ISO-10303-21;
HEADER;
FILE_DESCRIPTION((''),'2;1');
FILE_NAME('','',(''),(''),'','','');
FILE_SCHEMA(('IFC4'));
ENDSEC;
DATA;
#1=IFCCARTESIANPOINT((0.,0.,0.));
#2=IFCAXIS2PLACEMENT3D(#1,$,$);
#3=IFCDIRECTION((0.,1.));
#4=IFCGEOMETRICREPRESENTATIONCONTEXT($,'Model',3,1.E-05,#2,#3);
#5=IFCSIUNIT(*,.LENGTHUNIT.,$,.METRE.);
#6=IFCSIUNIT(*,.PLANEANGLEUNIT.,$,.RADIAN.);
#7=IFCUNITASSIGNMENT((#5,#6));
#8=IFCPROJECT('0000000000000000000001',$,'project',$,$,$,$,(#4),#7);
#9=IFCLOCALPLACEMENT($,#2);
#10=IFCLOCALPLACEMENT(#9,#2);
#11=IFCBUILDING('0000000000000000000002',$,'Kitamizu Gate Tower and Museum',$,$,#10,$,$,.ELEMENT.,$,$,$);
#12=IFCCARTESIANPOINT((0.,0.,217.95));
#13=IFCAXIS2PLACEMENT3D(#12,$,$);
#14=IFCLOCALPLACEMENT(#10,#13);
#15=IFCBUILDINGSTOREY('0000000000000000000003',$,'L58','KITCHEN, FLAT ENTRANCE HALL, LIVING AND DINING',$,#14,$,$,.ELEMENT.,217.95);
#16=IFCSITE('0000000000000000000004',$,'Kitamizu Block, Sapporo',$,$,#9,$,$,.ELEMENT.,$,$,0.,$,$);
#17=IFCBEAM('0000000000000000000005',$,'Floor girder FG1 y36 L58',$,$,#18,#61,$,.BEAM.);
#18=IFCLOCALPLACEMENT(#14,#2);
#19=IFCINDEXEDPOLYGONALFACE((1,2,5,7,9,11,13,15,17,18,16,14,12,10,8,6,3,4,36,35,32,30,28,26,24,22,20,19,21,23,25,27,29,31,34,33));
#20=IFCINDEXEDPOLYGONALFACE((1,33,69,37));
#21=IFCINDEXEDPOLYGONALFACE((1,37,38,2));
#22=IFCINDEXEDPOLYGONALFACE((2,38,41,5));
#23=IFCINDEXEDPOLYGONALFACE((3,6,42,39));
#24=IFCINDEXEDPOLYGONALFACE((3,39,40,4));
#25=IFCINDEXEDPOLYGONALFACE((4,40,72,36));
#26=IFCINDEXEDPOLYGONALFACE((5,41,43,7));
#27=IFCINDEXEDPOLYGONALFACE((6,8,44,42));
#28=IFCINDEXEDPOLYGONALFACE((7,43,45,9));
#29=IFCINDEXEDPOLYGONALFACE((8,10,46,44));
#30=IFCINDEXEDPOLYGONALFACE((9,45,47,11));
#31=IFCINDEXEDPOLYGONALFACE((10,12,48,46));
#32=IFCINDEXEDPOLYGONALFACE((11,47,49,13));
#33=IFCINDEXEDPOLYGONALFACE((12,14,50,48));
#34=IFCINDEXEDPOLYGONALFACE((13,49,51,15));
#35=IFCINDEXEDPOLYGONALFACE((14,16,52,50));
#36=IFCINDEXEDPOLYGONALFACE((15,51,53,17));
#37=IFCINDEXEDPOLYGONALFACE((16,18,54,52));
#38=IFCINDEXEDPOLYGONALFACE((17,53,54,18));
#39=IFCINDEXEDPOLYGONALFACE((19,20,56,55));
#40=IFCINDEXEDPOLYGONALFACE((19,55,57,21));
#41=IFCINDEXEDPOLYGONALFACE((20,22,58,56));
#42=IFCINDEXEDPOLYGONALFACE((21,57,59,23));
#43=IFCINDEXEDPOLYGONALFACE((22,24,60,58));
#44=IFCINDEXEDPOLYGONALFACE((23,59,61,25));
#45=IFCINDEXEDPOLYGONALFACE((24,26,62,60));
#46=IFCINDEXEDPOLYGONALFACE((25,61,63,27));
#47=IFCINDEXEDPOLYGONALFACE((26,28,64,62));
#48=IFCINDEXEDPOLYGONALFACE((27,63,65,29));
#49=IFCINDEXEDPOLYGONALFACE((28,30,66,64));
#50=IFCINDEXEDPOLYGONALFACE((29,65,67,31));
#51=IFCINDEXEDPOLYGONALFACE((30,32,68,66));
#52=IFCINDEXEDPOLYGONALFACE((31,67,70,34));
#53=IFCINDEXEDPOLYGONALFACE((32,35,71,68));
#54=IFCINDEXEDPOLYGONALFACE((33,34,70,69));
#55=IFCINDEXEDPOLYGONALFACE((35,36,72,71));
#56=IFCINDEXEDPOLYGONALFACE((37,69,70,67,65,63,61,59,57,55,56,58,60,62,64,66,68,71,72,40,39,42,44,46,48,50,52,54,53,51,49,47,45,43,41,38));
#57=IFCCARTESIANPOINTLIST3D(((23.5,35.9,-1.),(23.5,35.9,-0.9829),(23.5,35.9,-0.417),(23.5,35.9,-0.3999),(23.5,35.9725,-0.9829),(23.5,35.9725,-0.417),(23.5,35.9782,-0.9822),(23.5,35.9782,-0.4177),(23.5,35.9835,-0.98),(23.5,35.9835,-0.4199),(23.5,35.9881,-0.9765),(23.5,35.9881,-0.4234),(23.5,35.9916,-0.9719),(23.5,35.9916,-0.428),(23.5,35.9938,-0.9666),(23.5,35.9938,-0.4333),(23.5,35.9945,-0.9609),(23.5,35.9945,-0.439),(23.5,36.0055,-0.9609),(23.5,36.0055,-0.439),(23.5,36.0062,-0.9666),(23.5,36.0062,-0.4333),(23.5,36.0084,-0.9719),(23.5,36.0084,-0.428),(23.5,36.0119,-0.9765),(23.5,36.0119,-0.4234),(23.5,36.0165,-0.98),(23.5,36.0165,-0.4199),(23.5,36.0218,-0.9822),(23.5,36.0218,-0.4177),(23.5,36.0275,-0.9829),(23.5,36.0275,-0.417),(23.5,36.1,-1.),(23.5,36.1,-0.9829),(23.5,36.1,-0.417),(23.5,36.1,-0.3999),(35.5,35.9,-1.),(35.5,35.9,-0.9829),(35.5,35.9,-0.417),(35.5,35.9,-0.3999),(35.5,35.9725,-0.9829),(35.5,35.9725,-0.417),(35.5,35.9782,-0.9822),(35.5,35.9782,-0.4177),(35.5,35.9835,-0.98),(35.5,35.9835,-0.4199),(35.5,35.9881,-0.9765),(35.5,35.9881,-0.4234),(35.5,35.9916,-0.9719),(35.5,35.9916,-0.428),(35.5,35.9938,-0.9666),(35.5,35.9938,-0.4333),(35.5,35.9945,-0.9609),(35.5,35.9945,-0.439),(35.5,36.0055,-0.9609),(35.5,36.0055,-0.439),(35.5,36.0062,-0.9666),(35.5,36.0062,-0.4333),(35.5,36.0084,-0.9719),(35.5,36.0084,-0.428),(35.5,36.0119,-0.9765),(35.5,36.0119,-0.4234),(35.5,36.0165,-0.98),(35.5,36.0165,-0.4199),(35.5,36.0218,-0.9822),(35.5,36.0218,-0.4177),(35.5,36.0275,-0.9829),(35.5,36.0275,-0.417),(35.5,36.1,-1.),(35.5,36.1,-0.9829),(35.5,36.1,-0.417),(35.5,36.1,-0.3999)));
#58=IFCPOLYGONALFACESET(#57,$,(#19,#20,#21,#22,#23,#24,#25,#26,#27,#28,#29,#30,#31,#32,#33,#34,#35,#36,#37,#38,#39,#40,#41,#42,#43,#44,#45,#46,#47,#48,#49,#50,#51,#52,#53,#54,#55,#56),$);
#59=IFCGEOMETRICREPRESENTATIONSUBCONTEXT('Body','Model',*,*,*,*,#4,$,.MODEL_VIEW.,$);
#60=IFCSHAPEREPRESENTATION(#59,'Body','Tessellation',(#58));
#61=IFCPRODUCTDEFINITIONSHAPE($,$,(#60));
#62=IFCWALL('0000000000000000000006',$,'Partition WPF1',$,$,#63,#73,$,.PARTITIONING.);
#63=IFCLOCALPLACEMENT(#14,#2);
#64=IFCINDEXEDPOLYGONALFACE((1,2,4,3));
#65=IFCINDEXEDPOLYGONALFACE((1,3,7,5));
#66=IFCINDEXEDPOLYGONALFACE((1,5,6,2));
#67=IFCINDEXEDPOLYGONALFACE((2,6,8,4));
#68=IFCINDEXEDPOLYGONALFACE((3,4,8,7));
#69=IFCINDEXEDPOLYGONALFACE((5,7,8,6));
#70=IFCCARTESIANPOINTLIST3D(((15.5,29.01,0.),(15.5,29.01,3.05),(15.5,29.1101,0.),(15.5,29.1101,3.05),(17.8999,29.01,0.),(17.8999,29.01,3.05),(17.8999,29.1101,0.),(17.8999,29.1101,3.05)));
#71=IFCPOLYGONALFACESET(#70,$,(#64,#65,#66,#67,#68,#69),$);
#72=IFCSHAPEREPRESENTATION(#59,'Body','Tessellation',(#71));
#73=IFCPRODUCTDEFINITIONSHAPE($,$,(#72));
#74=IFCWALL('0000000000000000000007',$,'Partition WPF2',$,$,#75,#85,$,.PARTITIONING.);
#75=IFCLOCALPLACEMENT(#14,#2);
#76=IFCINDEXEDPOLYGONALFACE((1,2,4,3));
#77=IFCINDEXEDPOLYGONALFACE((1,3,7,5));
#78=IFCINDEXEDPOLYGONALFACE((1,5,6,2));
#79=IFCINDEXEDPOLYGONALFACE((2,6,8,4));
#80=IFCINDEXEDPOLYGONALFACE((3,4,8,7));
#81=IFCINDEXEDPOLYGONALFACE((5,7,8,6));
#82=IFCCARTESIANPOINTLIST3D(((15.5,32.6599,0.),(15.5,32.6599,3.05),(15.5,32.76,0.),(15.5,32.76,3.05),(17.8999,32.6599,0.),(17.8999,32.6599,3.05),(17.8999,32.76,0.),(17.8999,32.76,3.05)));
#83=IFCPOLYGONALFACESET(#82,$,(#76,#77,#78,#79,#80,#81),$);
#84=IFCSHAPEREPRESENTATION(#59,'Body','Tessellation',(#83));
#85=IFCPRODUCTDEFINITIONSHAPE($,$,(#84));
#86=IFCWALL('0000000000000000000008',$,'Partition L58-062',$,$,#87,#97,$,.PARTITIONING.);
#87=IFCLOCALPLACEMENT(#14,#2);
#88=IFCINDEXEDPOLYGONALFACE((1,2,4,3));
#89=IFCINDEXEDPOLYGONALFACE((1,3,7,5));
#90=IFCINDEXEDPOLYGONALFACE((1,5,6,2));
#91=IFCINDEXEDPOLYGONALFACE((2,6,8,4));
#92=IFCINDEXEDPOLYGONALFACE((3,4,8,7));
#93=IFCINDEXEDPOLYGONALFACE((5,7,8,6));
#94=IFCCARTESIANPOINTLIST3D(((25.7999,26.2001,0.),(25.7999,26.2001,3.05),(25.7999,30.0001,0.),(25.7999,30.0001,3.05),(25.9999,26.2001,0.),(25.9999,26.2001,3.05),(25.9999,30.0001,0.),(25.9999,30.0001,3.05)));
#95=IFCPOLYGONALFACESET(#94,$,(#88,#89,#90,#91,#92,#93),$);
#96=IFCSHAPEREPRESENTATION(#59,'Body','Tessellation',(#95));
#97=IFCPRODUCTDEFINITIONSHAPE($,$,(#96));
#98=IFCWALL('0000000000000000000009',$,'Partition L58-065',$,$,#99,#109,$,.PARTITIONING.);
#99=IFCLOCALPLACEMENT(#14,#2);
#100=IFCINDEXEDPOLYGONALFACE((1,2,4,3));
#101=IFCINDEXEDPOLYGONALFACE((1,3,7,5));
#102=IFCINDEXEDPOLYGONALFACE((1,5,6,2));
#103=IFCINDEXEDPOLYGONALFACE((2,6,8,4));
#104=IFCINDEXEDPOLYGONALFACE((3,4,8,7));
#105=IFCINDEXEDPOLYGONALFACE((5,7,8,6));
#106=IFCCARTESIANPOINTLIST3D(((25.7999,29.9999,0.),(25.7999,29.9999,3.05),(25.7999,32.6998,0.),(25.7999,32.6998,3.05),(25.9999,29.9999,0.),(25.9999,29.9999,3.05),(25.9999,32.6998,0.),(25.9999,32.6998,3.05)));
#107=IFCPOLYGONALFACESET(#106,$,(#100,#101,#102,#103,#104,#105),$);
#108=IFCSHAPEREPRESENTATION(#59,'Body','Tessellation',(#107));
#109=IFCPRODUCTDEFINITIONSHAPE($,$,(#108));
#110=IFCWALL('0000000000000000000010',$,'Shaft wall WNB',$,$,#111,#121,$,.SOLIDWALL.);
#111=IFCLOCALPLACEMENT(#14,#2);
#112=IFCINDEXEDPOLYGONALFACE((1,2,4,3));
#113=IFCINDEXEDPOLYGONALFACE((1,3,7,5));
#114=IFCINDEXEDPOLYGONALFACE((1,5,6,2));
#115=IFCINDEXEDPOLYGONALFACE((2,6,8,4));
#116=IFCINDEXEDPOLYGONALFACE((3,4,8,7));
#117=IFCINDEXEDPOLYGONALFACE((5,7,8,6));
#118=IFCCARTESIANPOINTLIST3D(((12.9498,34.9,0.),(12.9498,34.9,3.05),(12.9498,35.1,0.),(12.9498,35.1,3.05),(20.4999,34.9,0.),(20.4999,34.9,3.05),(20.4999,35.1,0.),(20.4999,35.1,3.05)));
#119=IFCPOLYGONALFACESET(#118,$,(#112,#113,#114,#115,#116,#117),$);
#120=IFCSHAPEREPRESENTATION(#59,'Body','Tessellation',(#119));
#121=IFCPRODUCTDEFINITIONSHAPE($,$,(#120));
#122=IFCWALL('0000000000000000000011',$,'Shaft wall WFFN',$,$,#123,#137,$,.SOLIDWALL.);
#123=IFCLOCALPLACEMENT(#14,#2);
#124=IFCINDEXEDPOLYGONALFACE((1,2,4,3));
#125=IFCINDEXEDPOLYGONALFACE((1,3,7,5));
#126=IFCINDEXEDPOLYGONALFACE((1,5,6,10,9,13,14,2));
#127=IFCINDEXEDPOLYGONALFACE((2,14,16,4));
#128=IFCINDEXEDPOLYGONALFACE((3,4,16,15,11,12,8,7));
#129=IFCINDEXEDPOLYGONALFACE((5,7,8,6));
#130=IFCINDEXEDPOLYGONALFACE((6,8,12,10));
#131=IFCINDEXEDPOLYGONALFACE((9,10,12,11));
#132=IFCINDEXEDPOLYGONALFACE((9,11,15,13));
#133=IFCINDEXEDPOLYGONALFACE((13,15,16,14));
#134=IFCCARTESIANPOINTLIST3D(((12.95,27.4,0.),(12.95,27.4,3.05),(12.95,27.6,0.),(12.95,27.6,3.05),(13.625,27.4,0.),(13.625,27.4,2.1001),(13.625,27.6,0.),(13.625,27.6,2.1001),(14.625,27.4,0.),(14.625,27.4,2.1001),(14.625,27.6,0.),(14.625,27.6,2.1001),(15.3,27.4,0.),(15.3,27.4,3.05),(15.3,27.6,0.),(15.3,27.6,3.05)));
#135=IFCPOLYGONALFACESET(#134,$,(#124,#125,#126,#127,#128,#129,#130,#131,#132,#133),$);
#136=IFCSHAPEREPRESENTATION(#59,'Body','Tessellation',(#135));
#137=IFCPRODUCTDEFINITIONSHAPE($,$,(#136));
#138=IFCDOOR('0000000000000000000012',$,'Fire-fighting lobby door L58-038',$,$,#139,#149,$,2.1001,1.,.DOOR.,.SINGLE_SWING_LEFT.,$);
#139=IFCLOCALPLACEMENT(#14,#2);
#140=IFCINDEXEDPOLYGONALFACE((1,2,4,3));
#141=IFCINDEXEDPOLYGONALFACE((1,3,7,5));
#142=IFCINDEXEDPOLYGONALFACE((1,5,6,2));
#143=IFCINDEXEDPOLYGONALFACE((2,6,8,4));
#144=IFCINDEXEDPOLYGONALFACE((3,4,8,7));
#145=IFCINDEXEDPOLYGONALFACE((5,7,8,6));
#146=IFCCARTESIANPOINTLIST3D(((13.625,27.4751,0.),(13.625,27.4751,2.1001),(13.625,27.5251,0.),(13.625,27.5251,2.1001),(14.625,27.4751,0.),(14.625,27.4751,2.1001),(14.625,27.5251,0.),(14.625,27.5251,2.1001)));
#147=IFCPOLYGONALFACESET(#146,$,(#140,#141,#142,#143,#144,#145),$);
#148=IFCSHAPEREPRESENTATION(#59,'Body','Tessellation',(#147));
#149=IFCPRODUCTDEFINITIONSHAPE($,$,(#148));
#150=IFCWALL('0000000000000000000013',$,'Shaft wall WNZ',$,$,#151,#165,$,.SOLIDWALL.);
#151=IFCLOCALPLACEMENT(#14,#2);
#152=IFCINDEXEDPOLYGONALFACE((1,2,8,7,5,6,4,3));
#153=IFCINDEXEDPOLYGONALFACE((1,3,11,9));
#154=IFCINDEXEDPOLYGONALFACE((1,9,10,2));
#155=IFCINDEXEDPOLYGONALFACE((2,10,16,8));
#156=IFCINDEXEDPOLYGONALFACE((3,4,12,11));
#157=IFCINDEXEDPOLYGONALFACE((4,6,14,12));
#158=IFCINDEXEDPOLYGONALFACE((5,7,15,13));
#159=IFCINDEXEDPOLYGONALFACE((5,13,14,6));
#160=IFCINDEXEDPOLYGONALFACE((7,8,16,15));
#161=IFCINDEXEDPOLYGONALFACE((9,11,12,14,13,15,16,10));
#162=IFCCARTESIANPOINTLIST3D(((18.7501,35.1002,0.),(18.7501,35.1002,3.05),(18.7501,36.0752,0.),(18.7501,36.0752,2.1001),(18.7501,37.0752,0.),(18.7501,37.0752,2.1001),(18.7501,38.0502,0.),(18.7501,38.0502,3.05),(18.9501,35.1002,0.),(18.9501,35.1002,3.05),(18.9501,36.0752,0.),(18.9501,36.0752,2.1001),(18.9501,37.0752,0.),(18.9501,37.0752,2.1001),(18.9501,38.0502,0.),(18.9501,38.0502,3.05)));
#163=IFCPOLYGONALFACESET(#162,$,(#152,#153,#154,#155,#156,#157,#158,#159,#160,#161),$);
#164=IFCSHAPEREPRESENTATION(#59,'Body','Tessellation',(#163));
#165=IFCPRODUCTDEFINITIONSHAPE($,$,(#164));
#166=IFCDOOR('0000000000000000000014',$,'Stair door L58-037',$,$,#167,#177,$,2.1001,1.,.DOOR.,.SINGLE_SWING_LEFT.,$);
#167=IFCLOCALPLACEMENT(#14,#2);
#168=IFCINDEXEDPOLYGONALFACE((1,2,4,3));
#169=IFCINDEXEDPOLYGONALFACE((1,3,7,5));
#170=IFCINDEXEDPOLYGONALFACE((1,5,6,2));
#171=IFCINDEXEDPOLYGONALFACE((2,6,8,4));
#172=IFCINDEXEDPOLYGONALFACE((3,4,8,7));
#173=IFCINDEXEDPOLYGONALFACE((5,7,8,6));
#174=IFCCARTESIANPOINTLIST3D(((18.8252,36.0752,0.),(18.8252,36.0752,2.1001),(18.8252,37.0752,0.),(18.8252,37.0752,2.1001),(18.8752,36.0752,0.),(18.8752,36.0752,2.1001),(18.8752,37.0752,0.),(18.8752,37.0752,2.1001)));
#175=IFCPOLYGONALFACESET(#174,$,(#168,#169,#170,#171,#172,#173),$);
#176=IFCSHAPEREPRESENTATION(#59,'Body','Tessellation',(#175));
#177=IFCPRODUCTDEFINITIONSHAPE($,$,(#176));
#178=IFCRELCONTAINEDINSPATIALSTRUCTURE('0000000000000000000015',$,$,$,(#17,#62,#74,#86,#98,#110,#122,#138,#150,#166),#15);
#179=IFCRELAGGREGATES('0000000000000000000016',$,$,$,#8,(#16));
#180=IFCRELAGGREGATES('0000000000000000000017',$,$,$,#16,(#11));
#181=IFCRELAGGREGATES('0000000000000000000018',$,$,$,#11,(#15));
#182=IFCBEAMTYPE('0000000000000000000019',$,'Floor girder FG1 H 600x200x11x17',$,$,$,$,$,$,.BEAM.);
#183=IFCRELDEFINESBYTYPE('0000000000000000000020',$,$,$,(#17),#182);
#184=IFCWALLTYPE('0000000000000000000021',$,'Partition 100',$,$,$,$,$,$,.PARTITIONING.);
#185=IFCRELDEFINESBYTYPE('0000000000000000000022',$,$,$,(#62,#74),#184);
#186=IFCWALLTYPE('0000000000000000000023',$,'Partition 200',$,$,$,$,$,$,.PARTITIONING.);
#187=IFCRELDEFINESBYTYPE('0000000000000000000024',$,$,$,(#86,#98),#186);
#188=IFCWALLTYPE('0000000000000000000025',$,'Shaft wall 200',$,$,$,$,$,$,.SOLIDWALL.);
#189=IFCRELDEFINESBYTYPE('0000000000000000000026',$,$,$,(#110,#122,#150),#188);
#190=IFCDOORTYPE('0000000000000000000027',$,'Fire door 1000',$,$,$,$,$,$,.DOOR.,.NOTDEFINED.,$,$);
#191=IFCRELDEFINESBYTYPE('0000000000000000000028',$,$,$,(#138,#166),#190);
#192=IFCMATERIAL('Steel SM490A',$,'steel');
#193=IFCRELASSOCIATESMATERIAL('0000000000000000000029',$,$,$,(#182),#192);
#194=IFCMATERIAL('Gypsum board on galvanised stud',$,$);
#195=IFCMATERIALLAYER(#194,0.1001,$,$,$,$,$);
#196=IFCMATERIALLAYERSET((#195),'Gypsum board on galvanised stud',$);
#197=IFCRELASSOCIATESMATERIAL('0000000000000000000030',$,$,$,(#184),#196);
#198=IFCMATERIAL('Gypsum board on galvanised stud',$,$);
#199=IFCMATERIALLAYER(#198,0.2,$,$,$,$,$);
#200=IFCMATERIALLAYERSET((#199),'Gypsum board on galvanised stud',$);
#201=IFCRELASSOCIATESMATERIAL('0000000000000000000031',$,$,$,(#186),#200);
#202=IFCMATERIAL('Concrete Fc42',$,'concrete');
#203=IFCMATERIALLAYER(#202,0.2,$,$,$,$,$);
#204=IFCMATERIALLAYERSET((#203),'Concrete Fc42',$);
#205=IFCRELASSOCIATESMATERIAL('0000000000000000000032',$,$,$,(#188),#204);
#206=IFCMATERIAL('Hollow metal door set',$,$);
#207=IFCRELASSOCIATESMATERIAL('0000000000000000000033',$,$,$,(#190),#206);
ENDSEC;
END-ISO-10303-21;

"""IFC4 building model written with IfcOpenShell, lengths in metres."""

from ifc_helpers import new_model, si_unit, direction, frame, frame_2d, origin, origin_2d, place, context, subcontext, project, spatial, rectangle, i_section, extrude, material, layer, layer_set, material_profile, profile_set, type_object, element, fill, save


model = new_model("IFC4")

# Units and contexts
model_context = context("Model", 3, precision=1e-05, world=origin(), true_north=direction((0.0, 1.0)))
body_context = subcontext(model_context, "Body", "Model", "MODEL_VIEW")
ifc_project = project(units=[si_unit("LENGTHUNIT", "METRE"), si_unit("PLANEANGLEUNIT", "RADIAN")], contexts=[model_context])

# Site, building, storey
site_placement = place(None, origin())
site = spatial("IfcSite", under=ifc_project, at=site_placement, Name="Kitamizu Block, Sapporo", CompositionType="ELEMENT", RefElevation=0.0)
building_placement = place(site_placement, origin())
building = spatial("IfcBuilding", under=site, at=building_placement, Name="Kitamizu Gate Tower and Museum", CompositionType="ELEMENT")
storey_placement = place(building_placement, frame((0.0, 0.0, 217.95)))
storey = spatial("IfcBuildingStorey", under=building, at=storey_placement, Name="L58", Description="KITCHEN, FLAT ENTRANCE HALL, LIVING AND DINING", CompositionType="ELEMENT", Elevation=217.95)

# Beam
ifc_material_1 = material(Name="Steel SM490A", Category="steel")
ifc_material_profile = material_profile(ifc_material_1, i_section(OverallWidth=0.2, OverallDepth=0.6001, WebThickness=0.011, FlangeThickness=0.0171, FilletRadius=0.022, at=origin_2d()), Name="H-600x200x11x17")
ifc_profile_set = profile_set([ifc_material_profile], Name="Steel SM490A")
beam_type = type_object("IfcBeamType", Name="Floor girder FG1 H 600x200x11x17", PredefinedType="BEAM", material=ifc_profile_set)
beam_placement = place(storey_placement, frame((23.5, 36.0, -0.7), z_axis=(1.0, 0.0, 0.0), x_axis=(0.0, 1.0, 0.0)))
element("IfcBeam", 1, at=beam_placement, inside=storey, type_object=beam_type, Name="Floor girder FG1 y36 L58", PredefinedType="BEAM", context=body_context, shape_type="SweptSolid", body=[
    extrude(i_section(OverallWidth=0.2, OverallDepth=0.6001, WebThickness=0.011, FlangeThickness=0.0171, FilletRadius=0.022, at=origin_2d()), origin(), (0.0, 0.0, 1.0), 12.0),
])

# Walls
ifc_material_2 = material(Name="Gypsum board on galvanised stud")
ifc_layer_1 = layer(ifc_material_2, 0.1001)
ifc_layer_set_1 = layer_set([ifc_layer_1], Name="Gypsum board on galvanised stud")
wall_type_1 = type_object("IfcWallType", Name="Partition 100", PredefinedType="PARTITIONING", material=ifc_layer_set_1)
for number, where, z_axis, x_axis, name in (
    (2, (15.5, 29.0601, 0.0), (0.0, 0.0, 1.0), (1.0, 0.0, 0.0), "Partition WPF1"),
    (3, (15.5, 32.71, 0.0), (0.0, 0.0, 1.0), (1.0, 0.0, 0.0), "Partition WPF2"),
):
    element("IfcWall", number, at=place(storey_placement, frame(where, z_axis=z_axis, x_axis=x_axis)), inside=storey, type_object=wall_type_1, Name=name, PredefinedType="PARTITIONING", context=body_context, shape_type="SweptSolid", body=[
        extrude(rectangle(XDim=2.3999, YDim=0.1001, at=frame_2d((1.2, 0.0))), origin(), (0.0, 0.0, 1.0), 3.05),
    ])
ifc_material_3 = material(Name="Gypsum board on galvanised stud")
ifc_layer_2 = layer(ifc_material_3, 0.2)
ifc_layer_set_2 = layer_set([ifc_layer_2], Name="Gypsum board on galvanised stud")
wall_type_2 = type_object("IfcWallType", Name="Partition 200", PredefinedType="PARTITIONING", material=ifc_layer_set_2)
wall_1_placement = place(storey_placement, frame((25.8999, 30.0, 0.0), z_axis=(0.0, 0.0, 1.0), x_axis=(0.0, -1.0, 0.0)))
element("IfcWall", 4, at=wall_1_placement, inside=storey, type_object=wall_type_2, Name="Partition L58-062", PredefinedType="PARTITIONING", context=body_context, shape_type="SweptSolid", body=[
    extrude(rectangle(XDim=3.8, YDim=0.2, at=frame_2d((1.8999, 0.0))), origin(), (0.0, 0.0, 1.0), 3.05),
])
wall_2_placement = place(storey_placement, frame((25.8999, 32.7, 0.0), z_axis=(0.0, 0.0, 1.0), x_axis=(0.0, -1.0, 0.0)))
element("IfcWall", 5, at=wall_2_placement, inside=storey, type_object=wall_type_2, Name="Partition L58-065", PredefinedType="PARTITIONING", context=body_context, shape_type="SweptSolid", body=[
    extrude(rectangle(XDim=2.7, YDim=0.2, at=frame_2d((1.3501, 0.0))), origin(), (0.0, 0.0, 1.0), 3.05),
])
ifc_material_4 = material(Name="Concrete Fc42", Category="concrete")
ifc_layer_3 = layer(ifc_material_4, 0.2)
ifc_layer_set_3 = layer_set([ifc_layer_3], Name="Concrete Fc42")
wall_type_3 = type_object("IfcWallType", Name="Shaft wall 200", PredefinedType="SOLIDWALL", material=ifc_layer_set_3)
wall_3_placement = place(storey_placement, frame((12.95, 35.0, 0.0), z_axis=(0.0, 0.0, 1.0), x_axis=(1.0, 0.0, 0.0)))
element("IfcWall", 6, at=wall_3_placement, inside=storey, type_object=wall_type_3, Name="Shaft wall WNB", PredefinedType="SOLIDWALL", context=body_context, shape_type="SweptSolid", body=[
    extrude(rectangle(XDim=7.55, YDim=0.2, at=frame_2d((3.7749, 0.0))), origin(), (0.0, 0.0, 1.0), 3.05),
])

# Walls, openings, doors
wall_4_placement = place(storey_placement, frame((12.95, 27.5, 0.0), z_axis=(0.0, 0.0, 1.0), x_axis=(1.0, 0.0, 0.0)))
wall_4 = element("IfcWall", 7, at=wall_4_placement, inside=storey, type_object=wall_type_3, Name="Shaft wall WFFN", PredefinedType="SOLIDWALL", context=body_context, shape_type="SweptSolid", body=[
    extrude(rectangle(XDim=2.3501, YDim=0.2, at=frame_2d((1.175, 0.0))), origin(), (0.0, 0.0, 1.0), 3.05),
])
opening_1_placement = place(wall_4_placement, frame((0.675, 0.0, 0.0)))
opening_1 = element("IfcOpeningElement", 8, at=opening_1_placement, cuts=wall_4, PredefinedType="OPENING", context=body_context, shape_type="SweptSolid", body=[
    extrude(rectangle(XDim=1.0, YDim=2.1001, at=frame_2d((0.5, 1.05))), frame((0.0, 0.1099, 0.0), z_axis=(0.0, -1.0, 0.0), x_axis=(1.0, 0.0, 0.0)), (0.0, 0.0, 1.0), 0.22),
])
ifc_material_5 = material(Name="Hollow metal door set")
door_type = type_object("IfcDoorType", Name="Fire door 1000", OperationType="NOTDEFINED", PredefinedType="DOOR", material=ifc_material_5)
door_1_placement = place(opening_1_placement, frame((1.0, 0.0, 0.0), x_axis=(-1.0, 0.0, 0.0)))
door_1 = element("IfcDoor", 9, at=door_1_placement, inside=storey, type_object=door_type, Name="Fire-fighting lobby door L58-038", OperationType="SINGLE_SWING_LEFT", OverallHeight=2.1001, OverallWidth=1.0, PredefinedType="DOOR", context=body_context, shape_type="SweptSolid", body=[
    extrude(rectangle(XDim=1.0, YDim=2.1001, at=frame_2d((0.5, 1.05))), frame((0.0, 0.0249, 0.0), z_axis=(0.0, -1.0, 0.0), x_axis=(1.0, 0.0, 0.0)), (0.0, 0.0, 1.0), 0.05),
])
fill(opening_1, door_1)
wall_5_placement = place(storey_placement, frame((18.8501, 35.1001, 0.0), z_axis=(0.0, 0.0, 1.0), x_axis=(0.0, 1.0, 0.0)))
wall_5 = element("IfcWall", 10, at=wall_5_placement, inside=storey, type_object=wall_type_3, Name="Shaft wall WNZ", PredefinedType="SOLIDWALL", context=body_context, shape_type="SweptSolid", body=[
    extrude(rectangle(XDim=2.95, YDim=0.2, at=frame_2d((1.4751, 0.0))), origin(), (0.0, 0.0, 1.0), 3.05),
])
opening_2_placement = place(wall_5_placement, frame((0.9751, 0.0, 0.0)))
opening_2 = element("IfcOpeningElement", 11, at=opening_2_placement, cuts=wall_5, PredefinedType="OPENING", context=body_context, shape_type="SweptSolid", body=[
    extrude(rectangle(XDim=1.0, YDim=2.1001, at=frame_2d((0.5, 1.05))), frame((0.0, 0.1099, 0.0), z_axis=(0.0, -1.0, 0.0), x_axis=(1.0, 0.0, 0.0)), (0.0, 0.0, 1.0), 0.22),
])
door_2_placement = place(opening_2_placement, origin())
door_2 = element("IfcDoor", 12, at=door_2_placement, inside=storey, type_object=door_type, Name="Stair door L58-037", OperationType="SINGLE_SWING_LEFT", OverallHeight=2.1001, OverallWidth=1.0, PredefinedType="DOOR", context=body_context, shape_type="SweptSolid", body=[
    extrude(rectangle(XDim=1.0, YDim=2.1001, at=frame_2d((0.5, 1.05))), frame((0.0, 0.0249, 0.0), z_axis=(0.0, -1.0, 0.0), x_axis=(1.0, 0.0, 0.0)), (0.0, 0.0, 1.0), 0.05),
])
fill(opening_2, door_2)

save(model, "model.ifc")
